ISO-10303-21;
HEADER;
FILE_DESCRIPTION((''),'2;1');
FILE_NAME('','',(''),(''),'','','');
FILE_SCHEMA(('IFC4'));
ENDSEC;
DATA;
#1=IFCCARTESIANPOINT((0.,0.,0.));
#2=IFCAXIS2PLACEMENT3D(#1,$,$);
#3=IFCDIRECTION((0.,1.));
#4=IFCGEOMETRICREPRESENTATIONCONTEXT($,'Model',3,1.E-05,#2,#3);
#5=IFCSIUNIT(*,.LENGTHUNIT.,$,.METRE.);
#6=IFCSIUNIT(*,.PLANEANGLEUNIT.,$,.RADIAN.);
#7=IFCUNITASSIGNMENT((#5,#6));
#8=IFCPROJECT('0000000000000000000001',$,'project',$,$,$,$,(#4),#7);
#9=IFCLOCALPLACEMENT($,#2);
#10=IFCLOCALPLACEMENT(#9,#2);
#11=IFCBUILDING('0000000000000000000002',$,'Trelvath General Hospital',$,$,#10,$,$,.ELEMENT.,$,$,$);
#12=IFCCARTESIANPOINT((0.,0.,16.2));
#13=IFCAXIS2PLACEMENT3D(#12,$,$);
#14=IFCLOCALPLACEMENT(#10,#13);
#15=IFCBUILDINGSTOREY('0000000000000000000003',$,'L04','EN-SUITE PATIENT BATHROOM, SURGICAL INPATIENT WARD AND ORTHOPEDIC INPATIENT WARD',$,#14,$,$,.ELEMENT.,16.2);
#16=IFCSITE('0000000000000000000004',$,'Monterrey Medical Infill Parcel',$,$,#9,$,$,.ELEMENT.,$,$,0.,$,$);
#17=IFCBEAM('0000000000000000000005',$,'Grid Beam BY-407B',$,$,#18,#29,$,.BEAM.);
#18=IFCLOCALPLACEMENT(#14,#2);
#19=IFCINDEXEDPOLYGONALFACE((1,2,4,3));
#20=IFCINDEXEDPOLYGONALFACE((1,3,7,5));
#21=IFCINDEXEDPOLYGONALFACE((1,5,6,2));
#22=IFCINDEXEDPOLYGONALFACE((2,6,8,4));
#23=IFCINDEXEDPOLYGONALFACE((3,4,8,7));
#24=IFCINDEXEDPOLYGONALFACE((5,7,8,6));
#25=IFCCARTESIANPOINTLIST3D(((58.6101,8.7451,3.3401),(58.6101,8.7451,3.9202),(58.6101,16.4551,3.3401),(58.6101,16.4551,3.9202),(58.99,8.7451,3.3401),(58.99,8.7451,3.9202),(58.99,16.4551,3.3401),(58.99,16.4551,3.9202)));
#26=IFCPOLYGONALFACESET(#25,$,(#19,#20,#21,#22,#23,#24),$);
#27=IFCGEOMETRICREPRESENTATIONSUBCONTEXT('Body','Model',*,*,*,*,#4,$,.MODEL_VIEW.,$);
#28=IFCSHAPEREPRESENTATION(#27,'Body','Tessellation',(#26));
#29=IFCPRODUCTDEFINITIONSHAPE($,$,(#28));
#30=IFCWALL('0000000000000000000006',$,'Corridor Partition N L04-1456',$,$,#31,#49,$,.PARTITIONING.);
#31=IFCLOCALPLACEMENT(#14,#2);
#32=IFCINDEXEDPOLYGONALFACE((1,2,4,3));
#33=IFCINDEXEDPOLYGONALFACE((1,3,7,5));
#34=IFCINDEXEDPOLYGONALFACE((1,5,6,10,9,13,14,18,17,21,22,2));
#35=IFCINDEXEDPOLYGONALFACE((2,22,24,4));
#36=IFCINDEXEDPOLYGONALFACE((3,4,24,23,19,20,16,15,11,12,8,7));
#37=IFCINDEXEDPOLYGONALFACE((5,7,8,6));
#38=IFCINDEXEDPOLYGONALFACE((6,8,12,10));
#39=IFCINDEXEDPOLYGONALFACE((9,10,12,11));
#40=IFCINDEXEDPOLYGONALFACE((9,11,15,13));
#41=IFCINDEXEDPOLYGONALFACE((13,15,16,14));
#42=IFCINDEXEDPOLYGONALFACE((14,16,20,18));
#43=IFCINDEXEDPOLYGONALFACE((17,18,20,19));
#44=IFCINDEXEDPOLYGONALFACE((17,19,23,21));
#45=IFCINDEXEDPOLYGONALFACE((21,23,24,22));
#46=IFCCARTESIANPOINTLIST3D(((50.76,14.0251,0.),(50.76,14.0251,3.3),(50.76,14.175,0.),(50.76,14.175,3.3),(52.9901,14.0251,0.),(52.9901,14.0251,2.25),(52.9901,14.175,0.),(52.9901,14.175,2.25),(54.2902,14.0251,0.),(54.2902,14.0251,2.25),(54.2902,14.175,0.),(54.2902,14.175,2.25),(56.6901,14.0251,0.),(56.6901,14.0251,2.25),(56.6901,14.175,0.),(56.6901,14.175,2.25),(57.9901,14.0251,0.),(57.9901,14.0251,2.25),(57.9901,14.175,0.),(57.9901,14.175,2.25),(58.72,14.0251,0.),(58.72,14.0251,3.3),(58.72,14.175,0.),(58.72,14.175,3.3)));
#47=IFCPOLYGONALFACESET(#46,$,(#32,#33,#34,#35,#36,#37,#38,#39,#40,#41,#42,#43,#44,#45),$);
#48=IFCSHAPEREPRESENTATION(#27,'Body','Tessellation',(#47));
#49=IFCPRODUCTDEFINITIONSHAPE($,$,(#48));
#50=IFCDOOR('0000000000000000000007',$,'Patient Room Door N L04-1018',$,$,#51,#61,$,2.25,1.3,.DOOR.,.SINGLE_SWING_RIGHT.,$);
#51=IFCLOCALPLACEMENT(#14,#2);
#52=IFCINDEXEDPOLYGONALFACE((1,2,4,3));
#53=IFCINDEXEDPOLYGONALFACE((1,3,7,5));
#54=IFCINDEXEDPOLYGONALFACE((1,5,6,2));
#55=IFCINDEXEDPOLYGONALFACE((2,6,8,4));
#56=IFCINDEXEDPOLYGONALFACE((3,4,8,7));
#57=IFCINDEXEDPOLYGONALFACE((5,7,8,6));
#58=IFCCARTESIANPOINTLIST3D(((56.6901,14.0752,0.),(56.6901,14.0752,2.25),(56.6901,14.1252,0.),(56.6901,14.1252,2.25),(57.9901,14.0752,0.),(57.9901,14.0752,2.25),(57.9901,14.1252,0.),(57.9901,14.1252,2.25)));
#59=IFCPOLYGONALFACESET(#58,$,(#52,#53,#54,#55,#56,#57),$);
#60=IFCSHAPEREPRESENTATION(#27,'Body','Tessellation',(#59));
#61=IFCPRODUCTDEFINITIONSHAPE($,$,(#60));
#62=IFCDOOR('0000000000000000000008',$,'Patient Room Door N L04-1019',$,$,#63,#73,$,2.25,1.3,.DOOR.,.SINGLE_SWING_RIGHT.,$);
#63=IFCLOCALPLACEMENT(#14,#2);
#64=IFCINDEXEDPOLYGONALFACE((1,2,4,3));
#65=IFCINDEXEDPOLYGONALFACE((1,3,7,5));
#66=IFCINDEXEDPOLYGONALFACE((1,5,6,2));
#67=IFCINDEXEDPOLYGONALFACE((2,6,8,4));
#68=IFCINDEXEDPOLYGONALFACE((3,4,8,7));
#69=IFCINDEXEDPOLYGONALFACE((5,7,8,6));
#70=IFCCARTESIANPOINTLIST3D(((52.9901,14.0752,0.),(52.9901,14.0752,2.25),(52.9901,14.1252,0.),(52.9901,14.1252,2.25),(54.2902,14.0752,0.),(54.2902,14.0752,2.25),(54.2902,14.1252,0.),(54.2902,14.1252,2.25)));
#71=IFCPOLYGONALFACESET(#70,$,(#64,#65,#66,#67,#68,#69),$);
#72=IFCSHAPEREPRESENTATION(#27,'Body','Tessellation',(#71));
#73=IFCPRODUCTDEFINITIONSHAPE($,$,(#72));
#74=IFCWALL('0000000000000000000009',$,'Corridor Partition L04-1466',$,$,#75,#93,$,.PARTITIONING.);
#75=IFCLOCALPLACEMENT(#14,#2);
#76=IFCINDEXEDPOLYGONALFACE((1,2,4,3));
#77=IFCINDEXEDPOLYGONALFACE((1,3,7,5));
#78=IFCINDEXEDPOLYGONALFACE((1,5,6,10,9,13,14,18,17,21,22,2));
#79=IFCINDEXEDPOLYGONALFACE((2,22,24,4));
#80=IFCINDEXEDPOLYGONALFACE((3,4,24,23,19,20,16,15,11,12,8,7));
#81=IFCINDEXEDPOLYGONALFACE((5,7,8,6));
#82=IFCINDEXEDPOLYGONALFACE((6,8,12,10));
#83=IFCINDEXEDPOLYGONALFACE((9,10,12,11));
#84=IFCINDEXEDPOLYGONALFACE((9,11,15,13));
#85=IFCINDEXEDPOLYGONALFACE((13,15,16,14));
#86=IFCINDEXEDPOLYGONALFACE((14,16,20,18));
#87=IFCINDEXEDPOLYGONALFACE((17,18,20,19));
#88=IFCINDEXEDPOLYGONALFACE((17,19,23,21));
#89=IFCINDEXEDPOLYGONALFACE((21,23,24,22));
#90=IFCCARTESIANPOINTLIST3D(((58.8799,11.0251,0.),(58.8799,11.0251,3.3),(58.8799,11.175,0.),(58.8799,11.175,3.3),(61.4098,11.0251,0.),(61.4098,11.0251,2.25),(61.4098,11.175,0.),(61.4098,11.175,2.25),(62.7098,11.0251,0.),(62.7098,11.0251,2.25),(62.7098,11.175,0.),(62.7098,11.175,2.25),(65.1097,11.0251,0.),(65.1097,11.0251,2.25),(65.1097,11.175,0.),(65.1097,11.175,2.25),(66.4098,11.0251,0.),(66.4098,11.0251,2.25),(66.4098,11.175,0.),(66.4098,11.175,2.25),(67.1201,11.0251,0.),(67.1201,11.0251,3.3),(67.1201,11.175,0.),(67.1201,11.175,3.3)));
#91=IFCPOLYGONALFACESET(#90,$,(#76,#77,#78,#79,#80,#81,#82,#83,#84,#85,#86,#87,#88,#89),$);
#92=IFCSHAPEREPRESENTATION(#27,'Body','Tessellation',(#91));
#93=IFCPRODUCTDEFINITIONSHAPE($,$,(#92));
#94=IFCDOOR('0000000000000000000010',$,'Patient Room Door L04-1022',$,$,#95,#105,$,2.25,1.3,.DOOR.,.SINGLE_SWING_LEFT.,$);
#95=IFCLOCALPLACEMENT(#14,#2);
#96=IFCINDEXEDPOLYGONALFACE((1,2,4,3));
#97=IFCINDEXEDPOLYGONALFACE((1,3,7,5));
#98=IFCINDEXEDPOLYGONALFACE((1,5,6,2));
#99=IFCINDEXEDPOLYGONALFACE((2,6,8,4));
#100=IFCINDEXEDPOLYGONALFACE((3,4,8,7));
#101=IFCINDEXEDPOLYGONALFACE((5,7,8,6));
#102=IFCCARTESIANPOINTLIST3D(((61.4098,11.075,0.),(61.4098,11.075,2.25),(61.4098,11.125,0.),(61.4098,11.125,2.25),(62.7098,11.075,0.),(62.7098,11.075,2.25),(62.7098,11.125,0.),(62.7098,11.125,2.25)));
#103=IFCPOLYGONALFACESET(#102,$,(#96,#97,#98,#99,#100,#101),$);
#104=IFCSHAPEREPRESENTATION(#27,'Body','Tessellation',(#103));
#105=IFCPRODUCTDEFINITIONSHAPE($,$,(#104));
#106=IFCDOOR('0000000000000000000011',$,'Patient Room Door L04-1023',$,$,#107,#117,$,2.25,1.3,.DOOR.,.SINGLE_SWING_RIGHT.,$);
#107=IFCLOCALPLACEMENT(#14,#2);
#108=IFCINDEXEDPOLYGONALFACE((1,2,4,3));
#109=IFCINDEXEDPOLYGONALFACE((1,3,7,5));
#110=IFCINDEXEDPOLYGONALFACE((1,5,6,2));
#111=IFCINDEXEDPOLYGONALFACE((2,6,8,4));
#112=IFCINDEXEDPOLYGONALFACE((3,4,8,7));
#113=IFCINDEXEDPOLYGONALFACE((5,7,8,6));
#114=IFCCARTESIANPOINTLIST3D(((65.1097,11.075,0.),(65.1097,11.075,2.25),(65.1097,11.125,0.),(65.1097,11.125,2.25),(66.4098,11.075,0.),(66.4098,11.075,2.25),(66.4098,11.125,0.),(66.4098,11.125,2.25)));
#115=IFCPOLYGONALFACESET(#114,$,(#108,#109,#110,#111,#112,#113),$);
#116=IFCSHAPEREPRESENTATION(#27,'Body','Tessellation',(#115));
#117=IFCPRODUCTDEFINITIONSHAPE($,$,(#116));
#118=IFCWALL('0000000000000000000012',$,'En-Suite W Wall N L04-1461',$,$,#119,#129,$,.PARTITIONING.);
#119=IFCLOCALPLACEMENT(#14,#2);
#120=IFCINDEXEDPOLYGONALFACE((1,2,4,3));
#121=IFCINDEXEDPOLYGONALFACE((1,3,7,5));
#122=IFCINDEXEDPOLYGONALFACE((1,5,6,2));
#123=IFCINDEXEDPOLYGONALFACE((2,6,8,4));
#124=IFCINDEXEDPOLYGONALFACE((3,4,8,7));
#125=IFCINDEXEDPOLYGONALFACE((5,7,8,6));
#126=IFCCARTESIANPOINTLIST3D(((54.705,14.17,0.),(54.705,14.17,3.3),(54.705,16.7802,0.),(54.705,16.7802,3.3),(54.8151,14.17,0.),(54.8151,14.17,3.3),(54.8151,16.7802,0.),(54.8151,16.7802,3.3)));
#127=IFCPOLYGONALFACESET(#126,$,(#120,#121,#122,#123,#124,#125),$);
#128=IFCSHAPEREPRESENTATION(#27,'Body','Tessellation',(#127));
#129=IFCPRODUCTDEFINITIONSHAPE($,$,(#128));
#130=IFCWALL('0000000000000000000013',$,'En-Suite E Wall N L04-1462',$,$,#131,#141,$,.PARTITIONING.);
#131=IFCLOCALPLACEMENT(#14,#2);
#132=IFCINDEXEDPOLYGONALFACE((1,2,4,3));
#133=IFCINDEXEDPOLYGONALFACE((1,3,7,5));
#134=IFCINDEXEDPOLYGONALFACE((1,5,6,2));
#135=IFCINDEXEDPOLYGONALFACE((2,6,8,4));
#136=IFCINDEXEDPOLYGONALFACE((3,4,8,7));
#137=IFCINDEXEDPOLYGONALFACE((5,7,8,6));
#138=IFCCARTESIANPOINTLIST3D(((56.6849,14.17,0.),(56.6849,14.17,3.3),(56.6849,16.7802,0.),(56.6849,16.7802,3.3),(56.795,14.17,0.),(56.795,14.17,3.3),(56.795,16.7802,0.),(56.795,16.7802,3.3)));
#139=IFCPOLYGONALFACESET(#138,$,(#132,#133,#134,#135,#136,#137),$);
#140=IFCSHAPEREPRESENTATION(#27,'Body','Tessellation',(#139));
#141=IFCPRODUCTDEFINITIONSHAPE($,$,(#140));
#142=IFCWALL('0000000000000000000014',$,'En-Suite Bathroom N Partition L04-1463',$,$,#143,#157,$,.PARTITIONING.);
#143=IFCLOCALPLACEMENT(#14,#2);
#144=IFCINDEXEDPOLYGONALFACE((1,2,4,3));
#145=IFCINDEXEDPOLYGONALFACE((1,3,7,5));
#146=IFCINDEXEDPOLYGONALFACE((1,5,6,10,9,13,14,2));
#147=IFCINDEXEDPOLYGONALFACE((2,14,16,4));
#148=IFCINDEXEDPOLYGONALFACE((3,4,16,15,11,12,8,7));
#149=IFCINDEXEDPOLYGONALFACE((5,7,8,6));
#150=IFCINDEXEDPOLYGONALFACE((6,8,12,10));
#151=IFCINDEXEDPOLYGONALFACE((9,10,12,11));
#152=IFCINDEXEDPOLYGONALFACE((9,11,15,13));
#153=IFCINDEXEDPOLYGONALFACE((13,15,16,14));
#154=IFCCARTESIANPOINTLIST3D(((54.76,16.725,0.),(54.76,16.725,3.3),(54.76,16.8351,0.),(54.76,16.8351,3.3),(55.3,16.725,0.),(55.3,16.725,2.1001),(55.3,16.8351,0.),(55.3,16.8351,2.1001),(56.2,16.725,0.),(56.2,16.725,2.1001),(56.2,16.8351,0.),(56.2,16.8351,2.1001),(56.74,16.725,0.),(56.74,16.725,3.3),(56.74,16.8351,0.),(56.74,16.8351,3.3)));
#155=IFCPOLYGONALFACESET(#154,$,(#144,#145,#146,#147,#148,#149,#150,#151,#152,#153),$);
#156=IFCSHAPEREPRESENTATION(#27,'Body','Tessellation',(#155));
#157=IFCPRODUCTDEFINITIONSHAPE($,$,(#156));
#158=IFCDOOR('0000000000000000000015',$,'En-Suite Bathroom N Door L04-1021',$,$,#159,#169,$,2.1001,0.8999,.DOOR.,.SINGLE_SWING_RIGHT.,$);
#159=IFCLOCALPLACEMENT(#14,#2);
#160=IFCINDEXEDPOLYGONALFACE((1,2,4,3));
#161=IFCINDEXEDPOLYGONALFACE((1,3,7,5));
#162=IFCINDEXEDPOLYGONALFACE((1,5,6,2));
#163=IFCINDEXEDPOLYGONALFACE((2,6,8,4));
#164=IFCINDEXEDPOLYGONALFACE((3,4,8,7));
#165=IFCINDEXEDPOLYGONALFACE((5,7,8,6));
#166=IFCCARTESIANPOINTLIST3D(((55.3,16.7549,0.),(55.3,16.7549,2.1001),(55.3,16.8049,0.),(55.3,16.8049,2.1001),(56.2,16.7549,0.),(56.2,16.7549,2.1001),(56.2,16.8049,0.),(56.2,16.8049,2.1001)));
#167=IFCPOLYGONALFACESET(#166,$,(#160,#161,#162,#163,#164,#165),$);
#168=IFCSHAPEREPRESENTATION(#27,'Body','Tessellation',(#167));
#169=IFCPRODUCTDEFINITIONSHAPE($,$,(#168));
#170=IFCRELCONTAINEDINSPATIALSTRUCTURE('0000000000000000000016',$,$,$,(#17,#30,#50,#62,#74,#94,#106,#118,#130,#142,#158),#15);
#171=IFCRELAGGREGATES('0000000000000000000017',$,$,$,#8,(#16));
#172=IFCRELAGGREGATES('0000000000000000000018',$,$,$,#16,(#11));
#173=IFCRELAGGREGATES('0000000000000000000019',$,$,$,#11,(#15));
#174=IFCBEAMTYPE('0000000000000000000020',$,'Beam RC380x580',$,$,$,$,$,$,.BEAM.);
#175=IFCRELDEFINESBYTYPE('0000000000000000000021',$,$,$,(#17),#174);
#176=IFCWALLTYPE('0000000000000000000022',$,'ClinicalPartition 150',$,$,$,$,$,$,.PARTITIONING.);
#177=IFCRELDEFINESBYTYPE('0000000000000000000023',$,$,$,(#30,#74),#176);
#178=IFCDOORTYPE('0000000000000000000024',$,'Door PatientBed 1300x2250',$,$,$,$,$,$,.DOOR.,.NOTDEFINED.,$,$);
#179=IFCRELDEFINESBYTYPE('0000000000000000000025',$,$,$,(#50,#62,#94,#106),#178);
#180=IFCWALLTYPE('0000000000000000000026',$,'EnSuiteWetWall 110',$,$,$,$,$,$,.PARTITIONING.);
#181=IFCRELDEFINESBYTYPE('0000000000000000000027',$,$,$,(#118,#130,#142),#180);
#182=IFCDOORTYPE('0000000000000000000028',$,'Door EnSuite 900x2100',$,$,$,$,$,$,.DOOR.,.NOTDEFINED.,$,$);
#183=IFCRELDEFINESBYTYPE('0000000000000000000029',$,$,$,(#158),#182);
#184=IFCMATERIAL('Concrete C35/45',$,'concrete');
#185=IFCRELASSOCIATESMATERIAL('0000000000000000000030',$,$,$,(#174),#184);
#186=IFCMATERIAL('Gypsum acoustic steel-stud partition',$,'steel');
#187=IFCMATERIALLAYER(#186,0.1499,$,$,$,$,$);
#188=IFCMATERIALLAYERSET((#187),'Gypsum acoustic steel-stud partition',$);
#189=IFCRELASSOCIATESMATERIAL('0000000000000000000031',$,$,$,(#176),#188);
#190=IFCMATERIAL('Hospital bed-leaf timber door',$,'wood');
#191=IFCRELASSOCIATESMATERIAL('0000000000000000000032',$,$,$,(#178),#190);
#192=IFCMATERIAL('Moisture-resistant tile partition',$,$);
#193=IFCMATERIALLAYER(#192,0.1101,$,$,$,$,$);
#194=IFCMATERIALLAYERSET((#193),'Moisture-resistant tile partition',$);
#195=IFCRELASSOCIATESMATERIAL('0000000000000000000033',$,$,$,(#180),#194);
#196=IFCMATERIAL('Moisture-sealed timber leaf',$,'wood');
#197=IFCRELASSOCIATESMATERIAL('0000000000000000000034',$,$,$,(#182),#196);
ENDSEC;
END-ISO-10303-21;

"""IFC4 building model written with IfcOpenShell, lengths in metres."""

from ifc_helpers import new_model, si_unit, direction, frame, frame_2d, origin, origin_2d, place, context, subcontext, project, spatial, rectangle, extrude, material, layer, layer_set, material_profile, profile_set, type_object, element, fill, save


model = new_model("IFC4")

# Units and contexts
model_context = context("Model", 3, precision=1e-05, world=origin(), true_north=direction((0.0, 1.0)))
body_context = subcontext(model_context, "Body", "Model", "MODEL_VIEW")
ifc_project = project(units=[si_unit("LENGTHUNIT", "METRE"), si_unit("PLANEANGLEUNIT", "RADIAN")], contexts=[model_context])

# Site, building, storey
site_placement = place(None, origin())
site = spatial("IfcSite", under=ifc_project, at=site_placement, Name="Monterrey Medical Infill Parcel", CompositionType="ELEMENT", RefElevation=0.0)
building_placement = place(site_placement, origin())
building = spatial("IfcBuilding", under=site, at=building_placement, Name="Trelvath General Hospital", CompositionType="ELEMENT")
storey_placement = place(building_placement, frame((0.0, 0.0, 16.2)))
storey = spatial("IfcBuildingStorey", under=building, at=storey_placement, Name="L04", Description="EN-SUITE PATIENT BATHROOM, SURGICAL INPATIENT WARD AND ORTHOPEDIC INPATIENT WARD", CompositionType="ELEMENT", Elevation=16.2)

# Beam
ifc_material_1 = material(Name="Concrete C35/45", Category="concrete")
ifc_material_profile = material_profile(ifc_material_1, rectangle(XDim=0.3799, YDim=0.5801, at=origin_2d()), Name="RCB380x580")
ifc_profile_set = profile_set([ifc_material_profile], Name="Concrete C35/45")
beam_type = type_object("IfcBeamType", Name="Beam RC380x580", PredefinedType="BEAM", material=ifc_profile_set)
beam_placement = place(storey_placement, frame((58.8, 8.7451, 3.6301), z_axis=(0.0, 1.0, 0.0), x_axis=(-1.0, 0.0, 0.0)))
element("IfcBeam", 1, at=beam_placement, inside=storey, type_object=beam_type, Name="Grid Beam BY-407B", PredefinedType="BEAM", context=body_context, shape_type="SweptSolid", body=[
    extrude(rectangle(XDim=0.3799, YDim=0.5801, at=origin_2d()), origin(), (0.0, 0.0, 1.0), 7.71),
])

# Walls, openings, doors
ifc_material_2 = material(Name="Gypsum acoustic steel-stud partition", Category="steel")
ifc_layer_1 = layer(ifc_material_2, 0.1499)
ifc_layer_set_1 = layer_set([ifc_layer_1], Name="Gypsum acoustic steel-stud partition")
wall_type_1 = type_object("IfcWallType", Name="ClinicalPartition 150", PredefinedType="PARTITIONING", material=ifc_layer_set_1)
wall_1_placement = place(storey_placement, frame((58.72, 14.1001, 0.0), z_axis=(0.0, 0.0, 1.0), x_axis=(-1.0, 0.0, 0.0)))
wall_1 = element("IfcWall", 2, at=wall_1_placement, inside=storey, type_object=wall_type_1, Name="Corridor Partition N L04-1456", PredefinedType="PARTITIONING", context=body_context, shape_type="SweptSolid", body=[
    extrude(rectangle(XDim=7.96, YDim=0.1499, at=frame_2d((3.98, 0.0))), origin(), (0.0, 0.0, 1.0), 3.3),
])
opening_1_placement = place(wall_1_placement, frame((0.73, 0.0, 0.0)))
opening_1 = element("IfcOpeningElement", 3, at=opening_1_placement, cuts=wall_1, PredefinedType="OPENING", context=body_context, shape_type="SweptSolid", body=[
    extrude(rectangle(XDim=1.3, YDim=2.25, at=frame_2d((0.6499, 1.125))), frame((0.0, 0.085, 0.0), z_axis=(0.0, -1.0, 0.0), x_axis=(1.0, 0.0, 0.0)), (0.0, 0.0, 1.0), 0.1699),
])
opening_2_placement = place(wall_1_placement, frame((4.4299, 0.0, 0.0)))
opening_2 = element("IfcOpeningElement", 4, at=opening_2_placement, cuts=wall_1, PredefinedType="OPENING", context=body_context, shape_type="SweptSolid", body=[
    extrude(rectangle(XDim=1.3, YDim=2.25, at=frame_2d((0.6499, 1.125))), frame((0.0, 0.085, 0.0), z_axis=(0.0, -1.0, 0.0), x_axis=(1.0, 0.0, 0.0)), (0.0, 0.0, 1.0), 0.1699),
])
ifc_material_3 = material(Name="Hospital bed-leaf timber door", Category="wood")
door_type_1 = type_object("IfcDoorType", Name="Door PatientBed 1300x2250", OperationType="NOTDEFINED", PredefinedType="DOOR", material=ifc_material_3)
door_1_placement = place(opening_1_placement, origin())
door_1 = element("IfcDoor", 5, at=door_1_placement, inside=storey, type_object=door_type_1, Name="Patient Room Door N L04-1018", OperationType="SINGLE_SWING_RIGHT", OverallHeight=2.25, OverallWidth=1.3, PredefinedType="DOOR", context=body_context, shape_type="SweptSolid", body=[
    extrude(rectangle(XDim=1.3, YDim=2.25, at=frame_2d((0.6499, 1.125))), frame((0.0, 0.0249, 0.0), z_axis=(0.0, -1.0, 0.0), x_axis=(1.0, 0.0, 0.0)), (0.0, 0.0, 1.0), 0.05),
])
fill(opening_1, door_1)
door_2_placement = place(opening_2_placement, origin())
door_2 = element("IfcDoor", 6, at=door_2_placement, inside=storey, type_object=door_type_1, Name="Patient Room Door N L04-1019", OperationType="SINGLE_SWING_RIGHT", OverallHeight=2.25, OverallWidth=1.3, PredefinedType="DOOR", context=body_context, shape_type="SweptSolid", body=[
    extrude(rectangle(XDim=1.3, YDim=2.25, at=frame_2d((0.6499, 1.125))), frame((0.0, 0.0249, 0.0), z_axis=(0.0, -1.0, 0.0), x_axis=(1.0, 0.0, 0.0)), (0.0, 0.0, 1.0), 0.05),
])
fill(opening_2, door_2)
wall_2_placement = place(storey_placement, frame((58.8799, 11.1001, 0.0), z_axis=(0.0, 0.0, 1.0), x_axis=(1.0, 0.0, 0.0)))
wall_2 = element("IfcWall", 7, at=wall_2_placement, inside=storey, type_object=wall_type_1, Name="Corridor Partition L04-1466", PredefinedType="PARTITIONING", context=body_context, shape_type="SweptSolid", body=[
    extrude(rectangle(XDim=8.2402, YDim=0.1499, at=frame_2d((4.1201, 0.0))), origin(), (0.0, 0.0, 1.0), 3.3),
])
opening_3_placement = place(wall_2_placement, frame((2.53, 0.0, 0.0)))
opening_3 = element("IfcOpeningElement", 8, at=opening_3_placement, cuts=wall_2, PredefinedType="OPENING", context=body_context, shape_type="SweptSolid", body=[
    extrude(rectangle(XDim=1.3, YDim=2.25, at=frame_2d((0.6499, 1.125))), frame((0.0, 0.085, 0.0), z_axis=(0.0, -1.0, 0.0), x_axis=(1.0, 0.0, 0.0)), (0.0, 0.0, 1.0), 0.1699),
])
opening_4_placement = place(wall_2_placement, frame((6.23, 0.0, 0.0)))
opening_4 = element("IfcOpeningElement", 9, at=opening_4_placement, cuts=wall_2, PredefinedType="OPENING", context=body_context, shape_type="SweptSolid", body=[
    extrude(rectangle(XDim=1.3, YDim=2.25, at=frame_2d((0.6499, 1.125))), frame((0.0, 0.085, 0.0), z_axis=(0.0, -1.0, 0.0), x_axis=(1.0, 0.0, 0.0)), (0.0, 0.0, 1.0), 0.1699),
])
door_3_placement = place(opening_3_placement, origin())
door_3 = element("IfcDoor", 10, at=door_3_placement, inside=storey, type_object=door_type_1, Name="Patient Room Door L04-1022", OperationType="SINGLE_SWING_LEFT", OverallHeight=2.25, OverallWidth=1.3, PredefinedType="DOOR", context=body_context, shape_type="SweptSolid", body=[
    extrude(rectangle(XDim=1.3, YDim=2.25, at=frame_2d((0.6499, 1.125))), frame((0.0, 0.0249, 0.0), z_axis=(0.0, -1.0, 0.0), x_axis=(1.0, 0.0, 0.0)), (0.0, 0.0, 1.0), 0.05),
])
fill(opening_3, door_3)
door_4_placement = place(opening_4_placement, origin())
door_4 = element("IfcDoor", 11, at=door_4_placement, inside=storey, type_object=door_type_1, Name="Patient Room Door L04-1023", OperationType="SINGLE_SWING_RIGHT", OverallHeight=2.25, OverallWidth=1.3, PredefinedType="DOOR", context=body_context, shape_type="SweptSolid", body=[
    extrude(rectangle(XDim=1.3, YDim=2.25, at=frame_2d((0.6499, 1.125))), frame((0.0, 0.0249, 0.0), z_axis=(0.0, -1.0, 0.0), x_axis=(1.0, 0.0, 0.0)), (0.0, 0.0, 1.0), 0.05),
])
fill(opening_4, door_4)

# Walls
ifc_material_4 = material(Name="Moisture-resistant tile partition")
ifc_layer_2 = layer(ifc_material_4, 0.1101)
ifc_layer_set_2 = layer_set([ifc_layer_2], Name="Moisture-resistant tile partition")
wall_type_2 = type_object("IfcWallType", Name="EnSuiteWetWall 110", PredefinedType="PARTITIONING", material=ifc_layer_set_2)
for number, where, z_axis, x_axis, name in (
    (12, (54.76, 14.1699, 0.0), (0.0, 0.0, 1.0), (0.0, 1.0, 0.0), "En-Suite W Wall N L04-1461"),
    (13, (56.74, 14.1699, 0.0), (0.0, 0.0, 1.0), (0.0, 1.0, 0.0), "En-Suite E Wall N L04-1462"),
):
    element("IfcWall", number, at=place(storey_placement, frame(where, z_axis=z_axis, x_axis=x_axis)), inside=storey, type_object=wall_type_2, Name=name, PredefinedType="PARTITIONING", context=body_context, shape_type="SweptSolid", body=[
        extrude(rectangle(XDim=2.6101, YDim=0.1101, at=frame_2d((1.3052, 0.0))), origin(), (0.0, 0.0, 1.0), 3.3),
    ])

# Wall, opening, door
wall_3_placement = place(storey_placement, frame((54.76, 16.78, 0.0), z_axis=(0.0, 0.0, 1.0), x_axis=(1.0, 0.0, 0.0)))
wall_3 = element("IfcWall", 14, at=wall_3_placement, inside=storey, type_object=wall_type_2, Name="En-Suite Bathroom N Partition L04-1463", PredefinedType="PARTITIONING", context=body_context, shape_type="SweptSolid", body=[
    extrude(rectangle(XDim=1.98, YDim=0.1101, at=frame_2d((0.99, 0.0))), origin(), (0.0, 0.0, 1.0), 3.3),
])
opening_5_placement = place(wall_3_placement, frame((0.54, 0.0, 0.0)))
opening_5 = element("IfcOpeningElement", 15, at=opening_5_placement, cuts=wall_3, PredefinedType="OPENING", context=body_context, shape_type="SweptSolid", body=[
    extrude(rectangle(XDim=0.8999, YDim=2.1001, at=frame_2d((0.45, 1.05))), frame((0.0, 0.0649, 0.0), z_axis=(0.0, -1.0, 0.0), x_axis=(1.0, 0.0, 0.0)), (0.0, 0.0, 1.0), 0.1301),
])
ifc_material_5 = material(Name="Moisture-sealed timber leaf", Category="wood")
door_type_2 = type_object("IfcDoorType", Name="Door EnSuite 900x2100", OperationType="NOTDEFINED", PredefinedType="DOOR", material=ifc_material_5)
door_5_placement = place(opening_5_placement, origin())
door_5 = element("IfcDoor", 16, at=door_5_placement, inside=storey, type_object=door_type_2, Name="En-Suite Bathroom N Door L04-1021", OperationType="SINGLE_SWING_RIGHT", OverallHeight=2.1001, OverallWidth=0.8999, PredefinedType="DOOR", context=body_context, shape_type="SweptSolid", body=[
    extrude(rectangle(XDim=0.8999, YDim=2.1001, at=frame_2d((0.45, 1.05))), frame((0.0, 0.0249, 0.0), z_axis=(0.0, -1.0, 0.0), x_axis=(1.0, 0.0, 0.0)), (0.0, 0.0, 1.0), 0.05),
])
fill(opening_5, door_5)

save(model, "model.ifc")
